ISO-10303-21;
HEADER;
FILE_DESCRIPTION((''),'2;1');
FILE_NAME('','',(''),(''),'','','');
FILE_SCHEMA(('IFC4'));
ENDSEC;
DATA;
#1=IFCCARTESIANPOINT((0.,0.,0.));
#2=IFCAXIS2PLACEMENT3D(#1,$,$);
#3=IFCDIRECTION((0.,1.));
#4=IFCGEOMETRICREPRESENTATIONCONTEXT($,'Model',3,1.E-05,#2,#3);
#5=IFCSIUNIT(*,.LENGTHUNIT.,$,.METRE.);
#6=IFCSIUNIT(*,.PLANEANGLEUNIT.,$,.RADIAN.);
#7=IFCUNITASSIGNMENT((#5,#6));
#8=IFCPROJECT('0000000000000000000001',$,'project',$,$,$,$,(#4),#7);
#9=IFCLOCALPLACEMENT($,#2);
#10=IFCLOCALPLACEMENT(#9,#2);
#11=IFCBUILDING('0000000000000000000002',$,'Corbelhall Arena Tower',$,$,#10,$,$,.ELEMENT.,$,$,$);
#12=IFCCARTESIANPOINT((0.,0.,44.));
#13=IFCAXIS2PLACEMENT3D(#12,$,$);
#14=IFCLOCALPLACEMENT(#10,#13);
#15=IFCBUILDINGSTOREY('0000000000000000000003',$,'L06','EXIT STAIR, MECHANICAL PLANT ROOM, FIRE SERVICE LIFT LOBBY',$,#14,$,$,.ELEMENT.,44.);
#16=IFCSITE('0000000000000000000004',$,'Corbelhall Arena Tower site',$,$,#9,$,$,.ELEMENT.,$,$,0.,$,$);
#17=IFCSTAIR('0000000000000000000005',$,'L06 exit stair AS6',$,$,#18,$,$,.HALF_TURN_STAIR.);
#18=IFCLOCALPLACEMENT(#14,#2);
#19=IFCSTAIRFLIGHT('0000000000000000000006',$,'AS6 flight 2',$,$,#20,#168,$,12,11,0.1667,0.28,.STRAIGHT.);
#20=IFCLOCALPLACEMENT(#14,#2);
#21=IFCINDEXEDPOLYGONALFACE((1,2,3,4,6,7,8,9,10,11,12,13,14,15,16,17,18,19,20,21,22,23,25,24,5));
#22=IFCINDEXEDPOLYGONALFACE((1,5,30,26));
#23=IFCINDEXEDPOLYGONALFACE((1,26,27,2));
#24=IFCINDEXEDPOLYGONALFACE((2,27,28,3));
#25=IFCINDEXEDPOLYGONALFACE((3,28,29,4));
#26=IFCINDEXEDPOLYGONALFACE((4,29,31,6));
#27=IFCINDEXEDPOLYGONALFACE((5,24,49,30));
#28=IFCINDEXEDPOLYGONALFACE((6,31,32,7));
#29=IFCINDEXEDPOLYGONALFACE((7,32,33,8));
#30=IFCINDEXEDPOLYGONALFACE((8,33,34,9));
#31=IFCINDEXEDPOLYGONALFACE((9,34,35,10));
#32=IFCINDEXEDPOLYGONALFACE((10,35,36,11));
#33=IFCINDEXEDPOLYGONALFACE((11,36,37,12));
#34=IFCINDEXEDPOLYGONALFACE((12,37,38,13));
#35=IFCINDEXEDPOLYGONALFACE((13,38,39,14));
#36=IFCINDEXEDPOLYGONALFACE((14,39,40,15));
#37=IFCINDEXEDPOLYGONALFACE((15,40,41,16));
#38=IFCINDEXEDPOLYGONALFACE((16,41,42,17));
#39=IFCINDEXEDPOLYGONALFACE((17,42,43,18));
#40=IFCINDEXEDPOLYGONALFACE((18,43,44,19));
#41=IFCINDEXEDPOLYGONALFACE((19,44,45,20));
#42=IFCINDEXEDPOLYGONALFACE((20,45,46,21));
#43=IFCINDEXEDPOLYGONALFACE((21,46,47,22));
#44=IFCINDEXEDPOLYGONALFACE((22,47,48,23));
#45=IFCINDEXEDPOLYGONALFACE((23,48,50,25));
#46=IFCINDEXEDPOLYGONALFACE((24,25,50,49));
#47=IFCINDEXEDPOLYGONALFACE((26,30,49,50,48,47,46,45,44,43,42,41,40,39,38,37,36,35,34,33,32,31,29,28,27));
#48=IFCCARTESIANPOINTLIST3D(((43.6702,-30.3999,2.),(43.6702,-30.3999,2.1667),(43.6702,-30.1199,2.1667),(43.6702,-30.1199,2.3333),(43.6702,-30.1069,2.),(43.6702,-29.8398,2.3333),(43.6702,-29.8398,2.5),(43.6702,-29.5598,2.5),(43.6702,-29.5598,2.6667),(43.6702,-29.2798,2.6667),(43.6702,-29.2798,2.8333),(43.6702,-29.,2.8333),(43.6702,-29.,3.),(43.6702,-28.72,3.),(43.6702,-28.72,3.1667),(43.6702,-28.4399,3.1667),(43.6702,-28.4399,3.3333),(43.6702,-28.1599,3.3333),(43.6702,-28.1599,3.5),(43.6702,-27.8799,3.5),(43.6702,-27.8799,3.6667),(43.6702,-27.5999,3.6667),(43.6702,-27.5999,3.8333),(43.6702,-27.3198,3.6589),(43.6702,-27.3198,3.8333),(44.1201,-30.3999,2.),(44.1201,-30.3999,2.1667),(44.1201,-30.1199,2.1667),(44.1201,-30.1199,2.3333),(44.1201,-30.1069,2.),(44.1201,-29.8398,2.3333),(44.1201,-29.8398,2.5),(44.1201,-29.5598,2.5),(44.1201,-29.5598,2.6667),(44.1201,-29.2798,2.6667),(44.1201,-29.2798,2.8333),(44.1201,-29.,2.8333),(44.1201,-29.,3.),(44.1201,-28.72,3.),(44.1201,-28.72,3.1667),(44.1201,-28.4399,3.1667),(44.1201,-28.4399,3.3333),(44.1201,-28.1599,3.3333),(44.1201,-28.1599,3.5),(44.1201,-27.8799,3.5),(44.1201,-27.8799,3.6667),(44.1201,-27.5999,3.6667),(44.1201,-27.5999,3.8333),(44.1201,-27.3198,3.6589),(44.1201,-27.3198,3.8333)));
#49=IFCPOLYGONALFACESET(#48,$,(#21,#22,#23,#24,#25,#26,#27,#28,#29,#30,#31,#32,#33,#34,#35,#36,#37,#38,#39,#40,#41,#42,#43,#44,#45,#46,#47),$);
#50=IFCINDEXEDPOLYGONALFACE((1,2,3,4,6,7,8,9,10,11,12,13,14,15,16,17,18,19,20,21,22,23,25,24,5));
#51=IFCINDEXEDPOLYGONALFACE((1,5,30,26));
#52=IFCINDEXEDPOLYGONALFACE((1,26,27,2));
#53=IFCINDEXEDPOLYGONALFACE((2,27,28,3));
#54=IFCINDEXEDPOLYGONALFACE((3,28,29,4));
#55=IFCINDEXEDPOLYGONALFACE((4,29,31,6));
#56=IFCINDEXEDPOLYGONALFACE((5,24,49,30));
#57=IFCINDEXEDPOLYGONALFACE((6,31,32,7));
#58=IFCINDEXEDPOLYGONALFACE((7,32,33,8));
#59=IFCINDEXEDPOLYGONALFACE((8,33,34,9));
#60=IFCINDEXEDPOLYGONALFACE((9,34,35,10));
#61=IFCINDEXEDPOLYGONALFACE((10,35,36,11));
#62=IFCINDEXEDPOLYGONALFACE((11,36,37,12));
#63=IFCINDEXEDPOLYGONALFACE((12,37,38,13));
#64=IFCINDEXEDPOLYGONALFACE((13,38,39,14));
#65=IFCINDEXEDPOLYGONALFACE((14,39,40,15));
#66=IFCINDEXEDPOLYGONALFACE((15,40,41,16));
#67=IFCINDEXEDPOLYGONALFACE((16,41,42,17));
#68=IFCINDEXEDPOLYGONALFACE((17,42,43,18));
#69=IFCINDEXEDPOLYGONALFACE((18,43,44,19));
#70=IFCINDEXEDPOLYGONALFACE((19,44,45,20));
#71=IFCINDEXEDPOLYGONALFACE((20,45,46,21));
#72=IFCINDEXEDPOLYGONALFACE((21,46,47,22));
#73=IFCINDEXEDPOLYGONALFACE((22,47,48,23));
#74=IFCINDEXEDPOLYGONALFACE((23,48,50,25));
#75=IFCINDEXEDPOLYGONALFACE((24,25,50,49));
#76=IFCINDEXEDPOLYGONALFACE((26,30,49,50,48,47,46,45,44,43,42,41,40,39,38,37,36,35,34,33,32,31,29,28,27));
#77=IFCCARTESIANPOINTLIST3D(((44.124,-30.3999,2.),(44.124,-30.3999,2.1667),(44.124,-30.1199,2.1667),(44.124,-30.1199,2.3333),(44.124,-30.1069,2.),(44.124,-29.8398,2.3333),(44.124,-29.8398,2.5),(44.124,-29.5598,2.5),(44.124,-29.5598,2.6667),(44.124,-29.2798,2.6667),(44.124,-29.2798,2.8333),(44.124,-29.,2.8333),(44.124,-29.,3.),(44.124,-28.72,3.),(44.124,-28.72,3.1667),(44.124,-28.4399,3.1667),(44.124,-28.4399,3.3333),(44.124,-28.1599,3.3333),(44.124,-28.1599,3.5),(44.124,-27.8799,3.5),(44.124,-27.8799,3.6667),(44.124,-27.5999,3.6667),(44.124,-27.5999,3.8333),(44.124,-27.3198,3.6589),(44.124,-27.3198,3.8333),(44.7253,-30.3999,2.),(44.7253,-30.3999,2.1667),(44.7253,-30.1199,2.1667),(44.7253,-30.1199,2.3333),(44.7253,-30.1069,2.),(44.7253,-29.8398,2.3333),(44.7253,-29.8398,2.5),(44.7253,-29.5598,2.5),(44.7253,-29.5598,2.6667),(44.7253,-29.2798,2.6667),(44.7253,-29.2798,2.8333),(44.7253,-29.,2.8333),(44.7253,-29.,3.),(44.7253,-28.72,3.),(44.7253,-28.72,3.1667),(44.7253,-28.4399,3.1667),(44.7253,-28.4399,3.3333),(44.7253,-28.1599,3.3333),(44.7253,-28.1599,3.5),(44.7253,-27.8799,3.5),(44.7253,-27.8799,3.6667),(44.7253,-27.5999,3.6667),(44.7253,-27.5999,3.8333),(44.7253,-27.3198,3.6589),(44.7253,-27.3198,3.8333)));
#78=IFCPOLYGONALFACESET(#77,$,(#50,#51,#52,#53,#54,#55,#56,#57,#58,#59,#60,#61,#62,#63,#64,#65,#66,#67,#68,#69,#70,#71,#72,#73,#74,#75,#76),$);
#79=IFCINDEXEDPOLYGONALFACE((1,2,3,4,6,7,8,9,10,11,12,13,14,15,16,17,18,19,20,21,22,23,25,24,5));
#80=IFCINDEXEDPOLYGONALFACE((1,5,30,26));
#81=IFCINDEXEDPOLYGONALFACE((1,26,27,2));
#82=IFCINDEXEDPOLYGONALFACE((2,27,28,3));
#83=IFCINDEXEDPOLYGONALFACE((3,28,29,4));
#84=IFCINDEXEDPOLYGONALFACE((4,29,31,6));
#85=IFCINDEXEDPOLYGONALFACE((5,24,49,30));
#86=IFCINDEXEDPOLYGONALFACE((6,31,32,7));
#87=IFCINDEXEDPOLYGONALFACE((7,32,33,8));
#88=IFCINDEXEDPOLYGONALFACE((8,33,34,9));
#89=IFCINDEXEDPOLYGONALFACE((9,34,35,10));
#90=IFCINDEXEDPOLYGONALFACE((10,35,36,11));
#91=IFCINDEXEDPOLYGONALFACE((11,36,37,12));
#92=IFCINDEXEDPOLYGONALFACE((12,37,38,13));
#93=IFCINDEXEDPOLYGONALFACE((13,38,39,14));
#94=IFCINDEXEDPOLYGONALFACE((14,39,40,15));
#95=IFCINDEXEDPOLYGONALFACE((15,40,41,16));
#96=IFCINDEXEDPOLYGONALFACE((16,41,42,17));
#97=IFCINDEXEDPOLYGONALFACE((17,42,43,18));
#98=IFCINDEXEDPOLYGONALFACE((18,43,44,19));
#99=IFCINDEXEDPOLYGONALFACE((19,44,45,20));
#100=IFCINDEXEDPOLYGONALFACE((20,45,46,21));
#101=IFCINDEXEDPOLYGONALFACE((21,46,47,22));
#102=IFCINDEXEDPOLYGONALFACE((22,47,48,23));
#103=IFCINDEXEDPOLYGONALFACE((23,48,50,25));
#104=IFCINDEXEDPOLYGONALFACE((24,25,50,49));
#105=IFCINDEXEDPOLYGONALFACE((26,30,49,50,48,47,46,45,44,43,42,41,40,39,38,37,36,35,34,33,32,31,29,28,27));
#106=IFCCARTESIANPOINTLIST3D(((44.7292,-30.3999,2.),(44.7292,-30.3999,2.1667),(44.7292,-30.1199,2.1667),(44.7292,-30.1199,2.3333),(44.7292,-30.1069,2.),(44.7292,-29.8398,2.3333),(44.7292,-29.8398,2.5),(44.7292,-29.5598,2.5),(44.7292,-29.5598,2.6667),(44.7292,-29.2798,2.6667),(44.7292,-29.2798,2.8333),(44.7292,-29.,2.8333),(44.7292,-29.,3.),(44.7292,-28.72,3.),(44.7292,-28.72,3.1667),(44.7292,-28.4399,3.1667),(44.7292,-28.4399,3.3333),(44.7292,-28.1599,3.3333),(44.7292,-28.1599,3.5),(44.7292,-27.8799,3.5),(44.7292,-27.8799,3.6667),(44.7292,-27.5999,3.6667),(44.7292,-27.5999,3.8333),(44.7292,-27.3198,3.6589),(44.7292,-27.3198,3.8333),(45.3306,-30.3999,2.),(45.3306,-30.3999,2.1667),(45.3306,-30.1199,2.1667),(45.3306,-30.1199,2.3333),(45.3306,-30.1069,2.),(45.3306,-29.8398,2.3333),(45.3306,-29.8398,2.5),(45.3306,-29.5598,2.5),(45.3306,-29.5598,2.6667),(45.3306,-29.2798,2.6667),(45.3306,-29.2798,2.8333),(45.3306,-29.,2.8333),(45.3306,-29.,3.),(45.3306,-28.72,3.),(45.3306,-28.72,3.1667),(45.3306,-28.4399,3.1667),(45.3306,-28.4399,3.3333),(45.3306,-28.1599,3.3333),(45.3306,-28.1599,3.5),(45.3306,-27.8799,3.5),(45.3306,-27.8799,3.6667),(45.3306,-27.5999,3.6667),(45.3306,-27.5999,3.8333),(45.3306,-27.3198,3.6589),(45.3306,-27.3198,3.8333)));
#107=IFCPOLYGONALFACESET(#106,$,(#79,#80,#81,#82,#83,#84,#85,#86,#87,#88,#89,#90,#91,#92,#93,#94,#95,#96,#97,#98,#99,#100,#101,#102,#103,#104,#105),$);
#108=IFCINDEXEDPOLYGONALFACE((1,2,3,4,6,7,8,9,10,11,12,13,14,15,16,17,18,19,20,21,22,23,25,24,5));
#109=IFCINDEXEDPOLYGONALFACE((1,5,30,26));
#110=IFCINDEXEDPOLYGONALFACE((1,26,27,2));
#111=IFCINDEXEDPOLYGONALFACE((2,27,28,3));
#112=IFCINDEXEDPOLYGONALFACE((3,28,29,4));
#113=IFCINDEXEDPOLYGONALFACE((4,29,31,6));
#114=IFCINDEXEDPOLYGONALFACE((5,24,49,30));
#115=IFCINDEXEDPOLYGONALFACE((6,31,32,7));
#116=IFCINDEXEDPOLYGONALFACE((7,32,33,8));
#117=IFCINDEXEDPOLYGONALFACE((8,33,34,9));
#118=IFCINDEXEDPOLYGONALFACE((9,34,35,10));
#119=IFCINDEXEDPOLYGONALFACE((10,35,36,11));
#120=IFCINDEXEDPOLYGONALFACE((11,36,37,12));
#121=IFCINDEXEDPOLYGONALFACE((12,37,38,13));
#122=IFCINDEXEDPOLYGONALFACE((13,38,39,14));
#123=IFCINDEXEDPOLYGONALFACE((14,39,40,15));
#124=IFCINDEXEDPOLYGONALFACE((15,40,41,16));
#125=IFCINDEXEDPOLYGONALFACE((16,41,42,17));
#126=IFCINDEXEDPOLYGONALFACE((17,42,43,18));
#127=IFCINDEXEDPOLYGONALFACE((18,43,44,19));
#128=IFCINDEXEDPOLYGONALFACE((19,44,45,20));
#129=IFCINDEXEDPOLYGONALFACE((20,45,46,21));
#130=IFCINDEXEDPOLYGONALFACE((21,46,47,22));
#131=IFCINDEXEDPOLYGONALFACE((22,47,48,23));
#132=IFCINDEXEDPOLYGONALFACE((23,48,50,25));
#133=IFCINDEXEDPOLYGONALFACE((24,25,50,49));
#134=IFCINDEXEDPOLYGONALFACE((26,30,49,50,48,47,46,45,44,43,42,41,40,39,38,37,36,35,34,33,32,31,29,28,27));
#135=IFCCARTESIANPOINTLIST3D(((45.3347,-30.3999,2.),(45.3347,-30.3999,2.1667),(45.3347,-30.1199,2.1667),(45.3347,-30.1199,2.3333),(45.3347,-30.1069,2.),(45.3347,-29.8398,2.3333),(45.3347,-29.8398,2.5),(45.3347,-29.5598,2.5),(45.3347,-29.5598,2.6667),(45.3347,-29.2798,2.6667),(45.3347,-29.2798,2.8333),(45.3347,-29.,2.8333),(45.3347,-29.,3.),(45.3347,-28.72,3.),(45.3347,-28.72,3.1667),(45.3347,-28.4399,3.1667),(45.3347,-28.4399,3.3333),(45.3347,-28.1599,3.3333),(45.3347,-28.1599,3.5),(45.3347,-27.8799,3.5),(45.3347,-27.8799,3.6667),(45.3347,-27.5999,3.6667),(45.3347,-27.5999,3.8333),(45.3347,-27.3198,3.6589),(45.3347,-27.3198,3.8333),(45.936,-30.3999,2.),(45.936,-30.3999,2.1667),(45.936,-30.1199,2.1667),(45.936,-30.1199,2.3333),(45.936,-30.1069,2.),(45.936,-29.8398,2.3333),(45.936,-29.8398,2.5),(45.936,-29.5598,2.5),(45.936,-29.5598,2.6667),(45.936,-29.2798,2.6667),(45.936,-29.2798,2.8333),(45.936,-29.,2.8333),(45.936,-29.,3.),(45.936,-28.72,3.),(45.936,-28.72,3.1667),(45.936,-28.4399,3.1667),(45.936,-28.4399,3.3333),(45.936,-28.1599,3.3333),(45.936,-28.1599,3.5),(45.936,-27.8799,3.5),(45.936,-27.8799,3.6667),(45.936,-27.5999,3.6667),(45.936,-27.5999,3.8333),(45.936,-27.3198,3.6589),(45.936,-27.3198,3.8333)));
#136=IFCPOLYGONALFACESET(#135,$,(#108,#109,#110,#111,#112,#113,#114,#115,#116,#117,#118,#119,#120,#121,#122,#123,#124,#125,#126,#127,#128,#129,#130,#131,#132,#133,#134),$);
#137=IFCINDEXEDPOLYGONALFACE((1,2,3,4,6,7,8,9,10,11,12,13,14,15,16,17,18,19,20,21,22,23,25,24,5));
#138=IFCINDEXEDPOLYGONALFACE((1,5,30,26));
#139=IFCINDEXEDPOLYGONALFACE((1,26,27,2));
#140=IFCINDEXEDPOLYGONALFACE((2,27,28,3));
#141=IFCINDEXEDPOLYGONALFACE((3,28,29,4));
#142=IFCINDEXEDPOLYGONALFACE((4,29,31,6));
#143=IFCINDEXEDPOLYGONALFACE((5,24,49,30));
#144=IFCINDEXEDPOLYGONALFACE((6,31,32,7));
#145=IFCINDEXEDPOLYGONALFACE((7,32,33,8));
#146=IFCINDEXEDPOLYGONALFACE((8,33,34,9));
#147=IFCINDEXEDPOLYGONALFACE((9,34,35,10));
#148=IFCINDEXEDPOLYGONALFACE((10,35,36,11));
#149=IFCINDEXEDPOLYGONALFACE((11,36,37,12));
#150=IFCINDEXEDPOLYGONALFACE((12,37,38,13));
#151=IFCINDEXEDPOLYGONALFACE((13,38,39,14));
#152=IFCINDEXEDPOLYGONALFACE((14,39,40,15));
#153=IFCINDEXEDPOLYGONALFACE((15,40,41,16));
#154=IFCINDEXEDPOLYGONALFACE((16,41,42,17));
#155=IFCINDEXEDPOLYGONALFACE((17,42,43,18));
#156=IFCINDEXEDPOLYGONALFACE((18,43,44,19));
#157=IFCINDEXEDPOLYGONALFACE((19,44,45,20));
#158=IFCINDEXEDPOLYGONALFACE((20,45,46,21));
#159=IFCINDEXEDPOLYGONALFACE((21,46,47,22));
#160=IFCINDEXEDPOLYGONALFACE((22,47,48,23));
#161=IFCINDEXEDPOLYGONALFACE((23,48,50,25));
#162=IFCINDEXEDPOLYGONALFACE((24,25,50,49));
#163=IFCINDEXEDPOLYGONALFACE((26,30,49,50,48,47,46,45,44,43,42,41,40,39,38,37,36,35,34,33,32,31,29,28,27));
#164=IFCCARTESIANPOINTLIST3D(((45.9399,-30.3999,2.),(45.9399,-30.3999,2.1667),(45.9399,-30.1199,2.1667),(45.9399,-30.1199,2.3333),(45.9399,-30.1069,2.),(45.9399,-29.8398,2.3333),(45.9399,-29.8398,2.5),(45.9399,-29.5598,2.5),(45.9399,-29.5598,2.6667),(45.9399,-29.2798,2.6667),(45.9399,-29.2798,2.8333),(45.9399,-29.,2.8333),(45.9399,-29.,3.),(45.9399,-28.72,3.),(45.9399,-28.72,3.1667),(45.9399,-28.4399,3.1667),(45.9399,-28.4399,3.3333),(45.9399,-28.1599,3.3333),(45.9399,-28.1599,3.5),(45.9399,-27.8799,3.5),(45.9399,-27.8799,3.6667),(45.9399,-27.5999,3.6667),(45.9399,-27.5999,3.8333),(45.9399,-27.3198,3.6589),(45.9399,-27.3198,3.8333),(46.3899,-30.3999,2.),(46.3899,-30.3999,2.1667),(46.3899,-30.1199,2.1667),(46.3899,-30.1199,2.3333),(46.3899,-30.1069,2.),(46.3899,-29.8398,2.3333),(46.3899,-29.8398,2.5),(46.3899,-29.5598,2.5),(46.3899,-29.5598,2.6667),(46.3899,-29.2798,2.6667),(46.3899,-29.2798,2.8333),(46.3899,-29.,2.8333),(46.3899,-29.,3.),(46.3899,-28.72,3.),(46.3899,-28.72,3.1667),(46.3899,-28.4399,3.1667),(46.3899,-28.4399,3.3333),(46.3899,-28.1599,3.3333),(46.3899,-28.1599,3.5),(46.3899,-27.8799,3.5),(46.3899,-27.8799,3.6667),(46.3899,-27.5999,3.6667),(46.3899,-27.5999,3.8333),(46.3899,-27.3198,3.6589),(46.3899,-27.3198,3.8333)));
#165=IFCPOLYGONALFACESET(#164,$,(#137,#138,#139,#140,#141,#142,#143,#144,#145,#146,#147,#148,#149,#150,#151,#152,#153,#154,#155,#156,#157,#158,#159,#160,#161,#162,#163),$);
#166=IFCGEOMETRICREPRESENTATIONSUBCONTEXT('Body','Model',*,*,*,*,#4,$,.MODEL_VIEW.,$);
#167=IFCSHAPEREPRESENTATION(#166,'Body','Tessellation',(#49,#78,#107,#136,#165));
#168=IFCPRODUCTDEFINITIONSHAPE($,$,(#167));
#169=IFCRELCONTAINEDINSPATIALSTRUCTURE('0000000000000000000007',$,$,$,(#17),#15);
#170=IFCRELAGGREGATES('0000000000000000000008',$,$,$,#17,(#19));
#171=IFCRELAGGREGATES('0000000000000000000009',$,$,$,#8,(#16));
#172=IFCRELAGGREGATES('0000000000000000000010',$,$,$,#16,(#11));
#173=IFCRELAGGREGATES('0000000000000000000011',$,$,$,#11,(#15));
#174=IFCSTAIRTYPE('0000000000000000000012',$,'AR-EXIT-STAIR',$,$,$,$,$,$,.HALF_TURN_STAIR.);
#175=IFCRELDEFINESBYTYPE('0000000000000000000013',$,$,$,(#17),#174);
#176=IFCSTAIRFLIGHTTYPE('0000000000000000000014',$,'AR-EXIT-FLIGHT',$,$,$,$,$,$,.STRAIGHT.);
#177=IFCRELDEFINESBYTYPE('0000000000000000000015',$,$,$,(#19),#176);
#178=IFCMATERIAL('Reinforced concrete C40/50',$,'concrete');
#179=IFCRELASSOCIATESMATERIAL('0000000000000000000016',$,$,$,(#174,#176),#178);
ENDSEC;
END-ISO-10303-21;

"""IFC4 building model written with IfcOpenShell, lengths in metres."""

from ifc_helpers import new_model, si_unit, direction, frame, origin, place, context, subcontext, project, spatial, polyline, outline, extrude, material, type_object, element, aggregate, save


model = new_model("IFC4")

# Units and contexts
model_context = context("Model", 3, precision=1e-05, world=origin(), true_north=direction((0.0, 1.0)))
body_context = subcontext(model_context, "Body", "Model", "MODEL_VIEW")
ifc_project = project(units=[si_unit("LENGTHUNIT", "METRE"), si_unit("PLANEANGLEUNIT", "RADIAN")], contexts=[model_context])

# Site, building, storey
site_placement = place(None, origin())
site = spatial("IfcSite", under=ifc_project, at=site_placement, Name="Corbelhall Arena Tower site", CompositionType="ELEMENT", RefElevation=0.0)
building_placement = place(site_placement, origin())
building = spatial("IfcBuilding", under=site, at=building_placement, Name="Corbelhall Arena Tower", CompositionType="ELEMENT")
storey_placement = place(building_placement, frame((0.0, 0.0, 44.0)))
storey = spatial("IfcBuildingStorey", under=building, at=storey_placement, Name="L06", Description="EXIT STAIR, MECHANICAL PLANT ROOM, FIRE SERVICE LIFT LOBBY", CompositionType="ELEMENT", Elevation=44.0)

# Shared definitions
ifc_material_1 = material(Name="Reinforced concrete C40/50", Category="concrete")

# Stair, stair flight
stair_type = type_object("IfcStairType", Name="AR-EXIT-STAIR", PredefinedType="HALF_TURN_STAIR", material=ifc_material_1)
stair_flight_type = type_object("IfcStairFlightType", Name="AR-EXIT-FLIGHT", PredefinedType="STRAIGHT", material=ifc_material_1)
stair_1_placement = place(storey_placement, origin())
stair_1 = element("IfcStair", 1, at=stair_1_placement, inside=storey, type_object=stair_type, Name="L06 exit stair AS6", PredefinedType="HALF_TURN_STAIR")
stair_flight_1_placement = place(storey_placement, frame((45.03, -30.3999, 2.0), z_axis=(0.0, 0.0, 1.0), x_axis=(0.0, 1.0, 0.0)))
stair_flight_1 = element("IfcStairFlight", 2, at=stair_flight_1_placement, type_object=stair_flight_type, Name="AS6 flight 2", NumberOfRisers=12, NumberOfTreads=11, PredefinedType="STRAIGHT", RiserHeight=0.1667, TreadLength=0.28, context=body_context, shape_type="SweptSolid", body=[
    extrude(outline(polyline([(0.0, 0.0), (0.0, 0.1667), (0.28, 0.1667), (0.28, 0.3333), (0.5601, 0.3333), (0.5601, 0.5), (0.8401, 0.5), (0.8401, 0.6667), (1.1201, 0.6667), (1.1201, 0.8333), (1.3999, 0.8333), (1.3999, 1.0), (1.6799, 1.0), (1.6799, 1.1667), (1.96, 1.1667), (1.96, 1.3333), (2.24, 1.3333), (2.24, 1.5), (2.52, 1.5), (2.52, 1.6667), (2.8, 1.6667), (2.8, 1.8333), (3.0801, 1.8333), (3.0801, 2.0), (3.0801, 1.6589), (0.293, 0.0), (0.0, 0.0)])), frame((0.0, 1.3599, 0.0), z_axis=(0.0, -1.0, 0.0), x_axis=(1.0, 0.0, 0.0)), (0.0, 0.0, 1.0), 0.45),
    extrude(outline(polyline([(0.0, 0.0), (0.0, 0.1667), (0.28, 0.1667), (0.28, 0.3333), (0.5601, 0.3333), (0.5601, 0.5), (0.8401, 0.5), (0.8401, 0.6667), (1.1201, 0.6667), (1.1201, 0.8333), (1.3999, 0.8333), (1.3999, 1.0), (1.6799, 1.0), (1.6799, 1.1667), (1.96, 1.1667), (1.96, 1.3333), (2.24, 1.3333), (2.24, 1.5), (2.52, 1.5), (2.52, 1.6667), (2.8, 1.6667), (2.8, 1.8333), (3.0801, 1.8333), (3.0801, 2.0), (3.0801, 1.6589), (0.293, 0.0), (0.0, 0.0)])), frame((0.0, 0.906, 0.0), z_axis=(0.0, -1.0, 0.0), x_axis=(1.0, 0.0, 0.0)), (0.0, 0.0, 1.0), 0.6013),
    extrude(outline(polyline([(0.0, 0.0), (0.0, 0.1667), (0.28, 0.1667), (0.28, 0.3333), (0.5601, 0.3333), (0.5601, 0.5), (0.8401, 0.5), (0.8401, 0.6667), (1.1201, 0.6667), (1.1201, 0.8333), (1.3999, 0.8333), (1.3999, 1.0), (1.6799, 1.0), (1.6799, 1.1667), (1.96, 1.1667), (1.96, 1.3333), (2.24, 1.3333), (2.24, 1.5), (2.52, 1.5), (2.52, 1.6667), (2.8, 1.6667), (2.8, 1.8333), (3.0801, 1.8333), (3.0801, 2.0), (3.0801, 1.6589), (0.293, 0.0), (0.0, 0.0)])), frame((0.0, 0.3008, 0.0), z_axis=(0.0, -1.0, 0.0), x_axis=(1.0, 0.0, 0.0)), (0.0, 0.0, 1.0), 0.6013),
    extrude(outline(polyline([(0.0, 0.0), (0.0, 0.1667), (0.28, 0.1667), (0.28, 0.3333), (0.5601, 0.3333), (0.5601, 0.5), (0.8401, 0.5), (0.8401, 0.6667), (1.1201, 0.6667), (1.1201, 0.8333), (1.3999, 0.8333), (1.3999, 1.0), (1.6799, 1.0), (1.6799, 1.1667), (1.96, 1.1667), (1.96, 1.3333), (2.24, 1.3333), (2.24, 1.5), (2.52, 1.5), (2.52, 1.6667), (2.8, 1.6667), (2.8, 1.8333), (3.0801, 1.8333), (3.0801, 2.0), (3.0801, 1.6589), (0.293, 0.0), (0.0, 0.0)])), frame((0.0, -0.3047, 0.0), z_axis=(0.0, -1.0, 0.0), x_axis=(1.0, 0.0, 0.0)), (0.0, 0.0, 1.0), 0.6013),
    extrude(outline(polyline([(0.0, 0.0), (0.0, 0.1667), (0.28, 0.1667), (0.28, 0.3333), (0.5601, 0.3333), (0.5601, 0.5), (0.8401, 0.5), (0.8401, 0.6667), (1.1201, 0.6667), (1.1201, 0.8333), (1.3999, 0.8333), (1.3999, 1.0), (1.6799, 1.0), (1.6799, 1.1667), (1.96, 1.1667), (1.96, 1.3333), (2.24, 1.3333), (2.24, 1.5), (2.52, 1.5), (2.52, 1.6667), (2.8, 1.6667), (2.8, 1.8333), (3.0801, 1.8333), (3.0801, 2.0), (3.0801, 1.6589), (0.293, 0.0), (0.0, 0.0)])), frame((0.0, -0.9099, 0.0), z_axis=(0.0, -1.0, 0.0), x_axis=(1.0, 0.0, 0.0)), (0.0, 0.0, 1.0), 0.45),
])
aggregate(stair_1, [stair_flight_1])

save(model, "model.ifc")
